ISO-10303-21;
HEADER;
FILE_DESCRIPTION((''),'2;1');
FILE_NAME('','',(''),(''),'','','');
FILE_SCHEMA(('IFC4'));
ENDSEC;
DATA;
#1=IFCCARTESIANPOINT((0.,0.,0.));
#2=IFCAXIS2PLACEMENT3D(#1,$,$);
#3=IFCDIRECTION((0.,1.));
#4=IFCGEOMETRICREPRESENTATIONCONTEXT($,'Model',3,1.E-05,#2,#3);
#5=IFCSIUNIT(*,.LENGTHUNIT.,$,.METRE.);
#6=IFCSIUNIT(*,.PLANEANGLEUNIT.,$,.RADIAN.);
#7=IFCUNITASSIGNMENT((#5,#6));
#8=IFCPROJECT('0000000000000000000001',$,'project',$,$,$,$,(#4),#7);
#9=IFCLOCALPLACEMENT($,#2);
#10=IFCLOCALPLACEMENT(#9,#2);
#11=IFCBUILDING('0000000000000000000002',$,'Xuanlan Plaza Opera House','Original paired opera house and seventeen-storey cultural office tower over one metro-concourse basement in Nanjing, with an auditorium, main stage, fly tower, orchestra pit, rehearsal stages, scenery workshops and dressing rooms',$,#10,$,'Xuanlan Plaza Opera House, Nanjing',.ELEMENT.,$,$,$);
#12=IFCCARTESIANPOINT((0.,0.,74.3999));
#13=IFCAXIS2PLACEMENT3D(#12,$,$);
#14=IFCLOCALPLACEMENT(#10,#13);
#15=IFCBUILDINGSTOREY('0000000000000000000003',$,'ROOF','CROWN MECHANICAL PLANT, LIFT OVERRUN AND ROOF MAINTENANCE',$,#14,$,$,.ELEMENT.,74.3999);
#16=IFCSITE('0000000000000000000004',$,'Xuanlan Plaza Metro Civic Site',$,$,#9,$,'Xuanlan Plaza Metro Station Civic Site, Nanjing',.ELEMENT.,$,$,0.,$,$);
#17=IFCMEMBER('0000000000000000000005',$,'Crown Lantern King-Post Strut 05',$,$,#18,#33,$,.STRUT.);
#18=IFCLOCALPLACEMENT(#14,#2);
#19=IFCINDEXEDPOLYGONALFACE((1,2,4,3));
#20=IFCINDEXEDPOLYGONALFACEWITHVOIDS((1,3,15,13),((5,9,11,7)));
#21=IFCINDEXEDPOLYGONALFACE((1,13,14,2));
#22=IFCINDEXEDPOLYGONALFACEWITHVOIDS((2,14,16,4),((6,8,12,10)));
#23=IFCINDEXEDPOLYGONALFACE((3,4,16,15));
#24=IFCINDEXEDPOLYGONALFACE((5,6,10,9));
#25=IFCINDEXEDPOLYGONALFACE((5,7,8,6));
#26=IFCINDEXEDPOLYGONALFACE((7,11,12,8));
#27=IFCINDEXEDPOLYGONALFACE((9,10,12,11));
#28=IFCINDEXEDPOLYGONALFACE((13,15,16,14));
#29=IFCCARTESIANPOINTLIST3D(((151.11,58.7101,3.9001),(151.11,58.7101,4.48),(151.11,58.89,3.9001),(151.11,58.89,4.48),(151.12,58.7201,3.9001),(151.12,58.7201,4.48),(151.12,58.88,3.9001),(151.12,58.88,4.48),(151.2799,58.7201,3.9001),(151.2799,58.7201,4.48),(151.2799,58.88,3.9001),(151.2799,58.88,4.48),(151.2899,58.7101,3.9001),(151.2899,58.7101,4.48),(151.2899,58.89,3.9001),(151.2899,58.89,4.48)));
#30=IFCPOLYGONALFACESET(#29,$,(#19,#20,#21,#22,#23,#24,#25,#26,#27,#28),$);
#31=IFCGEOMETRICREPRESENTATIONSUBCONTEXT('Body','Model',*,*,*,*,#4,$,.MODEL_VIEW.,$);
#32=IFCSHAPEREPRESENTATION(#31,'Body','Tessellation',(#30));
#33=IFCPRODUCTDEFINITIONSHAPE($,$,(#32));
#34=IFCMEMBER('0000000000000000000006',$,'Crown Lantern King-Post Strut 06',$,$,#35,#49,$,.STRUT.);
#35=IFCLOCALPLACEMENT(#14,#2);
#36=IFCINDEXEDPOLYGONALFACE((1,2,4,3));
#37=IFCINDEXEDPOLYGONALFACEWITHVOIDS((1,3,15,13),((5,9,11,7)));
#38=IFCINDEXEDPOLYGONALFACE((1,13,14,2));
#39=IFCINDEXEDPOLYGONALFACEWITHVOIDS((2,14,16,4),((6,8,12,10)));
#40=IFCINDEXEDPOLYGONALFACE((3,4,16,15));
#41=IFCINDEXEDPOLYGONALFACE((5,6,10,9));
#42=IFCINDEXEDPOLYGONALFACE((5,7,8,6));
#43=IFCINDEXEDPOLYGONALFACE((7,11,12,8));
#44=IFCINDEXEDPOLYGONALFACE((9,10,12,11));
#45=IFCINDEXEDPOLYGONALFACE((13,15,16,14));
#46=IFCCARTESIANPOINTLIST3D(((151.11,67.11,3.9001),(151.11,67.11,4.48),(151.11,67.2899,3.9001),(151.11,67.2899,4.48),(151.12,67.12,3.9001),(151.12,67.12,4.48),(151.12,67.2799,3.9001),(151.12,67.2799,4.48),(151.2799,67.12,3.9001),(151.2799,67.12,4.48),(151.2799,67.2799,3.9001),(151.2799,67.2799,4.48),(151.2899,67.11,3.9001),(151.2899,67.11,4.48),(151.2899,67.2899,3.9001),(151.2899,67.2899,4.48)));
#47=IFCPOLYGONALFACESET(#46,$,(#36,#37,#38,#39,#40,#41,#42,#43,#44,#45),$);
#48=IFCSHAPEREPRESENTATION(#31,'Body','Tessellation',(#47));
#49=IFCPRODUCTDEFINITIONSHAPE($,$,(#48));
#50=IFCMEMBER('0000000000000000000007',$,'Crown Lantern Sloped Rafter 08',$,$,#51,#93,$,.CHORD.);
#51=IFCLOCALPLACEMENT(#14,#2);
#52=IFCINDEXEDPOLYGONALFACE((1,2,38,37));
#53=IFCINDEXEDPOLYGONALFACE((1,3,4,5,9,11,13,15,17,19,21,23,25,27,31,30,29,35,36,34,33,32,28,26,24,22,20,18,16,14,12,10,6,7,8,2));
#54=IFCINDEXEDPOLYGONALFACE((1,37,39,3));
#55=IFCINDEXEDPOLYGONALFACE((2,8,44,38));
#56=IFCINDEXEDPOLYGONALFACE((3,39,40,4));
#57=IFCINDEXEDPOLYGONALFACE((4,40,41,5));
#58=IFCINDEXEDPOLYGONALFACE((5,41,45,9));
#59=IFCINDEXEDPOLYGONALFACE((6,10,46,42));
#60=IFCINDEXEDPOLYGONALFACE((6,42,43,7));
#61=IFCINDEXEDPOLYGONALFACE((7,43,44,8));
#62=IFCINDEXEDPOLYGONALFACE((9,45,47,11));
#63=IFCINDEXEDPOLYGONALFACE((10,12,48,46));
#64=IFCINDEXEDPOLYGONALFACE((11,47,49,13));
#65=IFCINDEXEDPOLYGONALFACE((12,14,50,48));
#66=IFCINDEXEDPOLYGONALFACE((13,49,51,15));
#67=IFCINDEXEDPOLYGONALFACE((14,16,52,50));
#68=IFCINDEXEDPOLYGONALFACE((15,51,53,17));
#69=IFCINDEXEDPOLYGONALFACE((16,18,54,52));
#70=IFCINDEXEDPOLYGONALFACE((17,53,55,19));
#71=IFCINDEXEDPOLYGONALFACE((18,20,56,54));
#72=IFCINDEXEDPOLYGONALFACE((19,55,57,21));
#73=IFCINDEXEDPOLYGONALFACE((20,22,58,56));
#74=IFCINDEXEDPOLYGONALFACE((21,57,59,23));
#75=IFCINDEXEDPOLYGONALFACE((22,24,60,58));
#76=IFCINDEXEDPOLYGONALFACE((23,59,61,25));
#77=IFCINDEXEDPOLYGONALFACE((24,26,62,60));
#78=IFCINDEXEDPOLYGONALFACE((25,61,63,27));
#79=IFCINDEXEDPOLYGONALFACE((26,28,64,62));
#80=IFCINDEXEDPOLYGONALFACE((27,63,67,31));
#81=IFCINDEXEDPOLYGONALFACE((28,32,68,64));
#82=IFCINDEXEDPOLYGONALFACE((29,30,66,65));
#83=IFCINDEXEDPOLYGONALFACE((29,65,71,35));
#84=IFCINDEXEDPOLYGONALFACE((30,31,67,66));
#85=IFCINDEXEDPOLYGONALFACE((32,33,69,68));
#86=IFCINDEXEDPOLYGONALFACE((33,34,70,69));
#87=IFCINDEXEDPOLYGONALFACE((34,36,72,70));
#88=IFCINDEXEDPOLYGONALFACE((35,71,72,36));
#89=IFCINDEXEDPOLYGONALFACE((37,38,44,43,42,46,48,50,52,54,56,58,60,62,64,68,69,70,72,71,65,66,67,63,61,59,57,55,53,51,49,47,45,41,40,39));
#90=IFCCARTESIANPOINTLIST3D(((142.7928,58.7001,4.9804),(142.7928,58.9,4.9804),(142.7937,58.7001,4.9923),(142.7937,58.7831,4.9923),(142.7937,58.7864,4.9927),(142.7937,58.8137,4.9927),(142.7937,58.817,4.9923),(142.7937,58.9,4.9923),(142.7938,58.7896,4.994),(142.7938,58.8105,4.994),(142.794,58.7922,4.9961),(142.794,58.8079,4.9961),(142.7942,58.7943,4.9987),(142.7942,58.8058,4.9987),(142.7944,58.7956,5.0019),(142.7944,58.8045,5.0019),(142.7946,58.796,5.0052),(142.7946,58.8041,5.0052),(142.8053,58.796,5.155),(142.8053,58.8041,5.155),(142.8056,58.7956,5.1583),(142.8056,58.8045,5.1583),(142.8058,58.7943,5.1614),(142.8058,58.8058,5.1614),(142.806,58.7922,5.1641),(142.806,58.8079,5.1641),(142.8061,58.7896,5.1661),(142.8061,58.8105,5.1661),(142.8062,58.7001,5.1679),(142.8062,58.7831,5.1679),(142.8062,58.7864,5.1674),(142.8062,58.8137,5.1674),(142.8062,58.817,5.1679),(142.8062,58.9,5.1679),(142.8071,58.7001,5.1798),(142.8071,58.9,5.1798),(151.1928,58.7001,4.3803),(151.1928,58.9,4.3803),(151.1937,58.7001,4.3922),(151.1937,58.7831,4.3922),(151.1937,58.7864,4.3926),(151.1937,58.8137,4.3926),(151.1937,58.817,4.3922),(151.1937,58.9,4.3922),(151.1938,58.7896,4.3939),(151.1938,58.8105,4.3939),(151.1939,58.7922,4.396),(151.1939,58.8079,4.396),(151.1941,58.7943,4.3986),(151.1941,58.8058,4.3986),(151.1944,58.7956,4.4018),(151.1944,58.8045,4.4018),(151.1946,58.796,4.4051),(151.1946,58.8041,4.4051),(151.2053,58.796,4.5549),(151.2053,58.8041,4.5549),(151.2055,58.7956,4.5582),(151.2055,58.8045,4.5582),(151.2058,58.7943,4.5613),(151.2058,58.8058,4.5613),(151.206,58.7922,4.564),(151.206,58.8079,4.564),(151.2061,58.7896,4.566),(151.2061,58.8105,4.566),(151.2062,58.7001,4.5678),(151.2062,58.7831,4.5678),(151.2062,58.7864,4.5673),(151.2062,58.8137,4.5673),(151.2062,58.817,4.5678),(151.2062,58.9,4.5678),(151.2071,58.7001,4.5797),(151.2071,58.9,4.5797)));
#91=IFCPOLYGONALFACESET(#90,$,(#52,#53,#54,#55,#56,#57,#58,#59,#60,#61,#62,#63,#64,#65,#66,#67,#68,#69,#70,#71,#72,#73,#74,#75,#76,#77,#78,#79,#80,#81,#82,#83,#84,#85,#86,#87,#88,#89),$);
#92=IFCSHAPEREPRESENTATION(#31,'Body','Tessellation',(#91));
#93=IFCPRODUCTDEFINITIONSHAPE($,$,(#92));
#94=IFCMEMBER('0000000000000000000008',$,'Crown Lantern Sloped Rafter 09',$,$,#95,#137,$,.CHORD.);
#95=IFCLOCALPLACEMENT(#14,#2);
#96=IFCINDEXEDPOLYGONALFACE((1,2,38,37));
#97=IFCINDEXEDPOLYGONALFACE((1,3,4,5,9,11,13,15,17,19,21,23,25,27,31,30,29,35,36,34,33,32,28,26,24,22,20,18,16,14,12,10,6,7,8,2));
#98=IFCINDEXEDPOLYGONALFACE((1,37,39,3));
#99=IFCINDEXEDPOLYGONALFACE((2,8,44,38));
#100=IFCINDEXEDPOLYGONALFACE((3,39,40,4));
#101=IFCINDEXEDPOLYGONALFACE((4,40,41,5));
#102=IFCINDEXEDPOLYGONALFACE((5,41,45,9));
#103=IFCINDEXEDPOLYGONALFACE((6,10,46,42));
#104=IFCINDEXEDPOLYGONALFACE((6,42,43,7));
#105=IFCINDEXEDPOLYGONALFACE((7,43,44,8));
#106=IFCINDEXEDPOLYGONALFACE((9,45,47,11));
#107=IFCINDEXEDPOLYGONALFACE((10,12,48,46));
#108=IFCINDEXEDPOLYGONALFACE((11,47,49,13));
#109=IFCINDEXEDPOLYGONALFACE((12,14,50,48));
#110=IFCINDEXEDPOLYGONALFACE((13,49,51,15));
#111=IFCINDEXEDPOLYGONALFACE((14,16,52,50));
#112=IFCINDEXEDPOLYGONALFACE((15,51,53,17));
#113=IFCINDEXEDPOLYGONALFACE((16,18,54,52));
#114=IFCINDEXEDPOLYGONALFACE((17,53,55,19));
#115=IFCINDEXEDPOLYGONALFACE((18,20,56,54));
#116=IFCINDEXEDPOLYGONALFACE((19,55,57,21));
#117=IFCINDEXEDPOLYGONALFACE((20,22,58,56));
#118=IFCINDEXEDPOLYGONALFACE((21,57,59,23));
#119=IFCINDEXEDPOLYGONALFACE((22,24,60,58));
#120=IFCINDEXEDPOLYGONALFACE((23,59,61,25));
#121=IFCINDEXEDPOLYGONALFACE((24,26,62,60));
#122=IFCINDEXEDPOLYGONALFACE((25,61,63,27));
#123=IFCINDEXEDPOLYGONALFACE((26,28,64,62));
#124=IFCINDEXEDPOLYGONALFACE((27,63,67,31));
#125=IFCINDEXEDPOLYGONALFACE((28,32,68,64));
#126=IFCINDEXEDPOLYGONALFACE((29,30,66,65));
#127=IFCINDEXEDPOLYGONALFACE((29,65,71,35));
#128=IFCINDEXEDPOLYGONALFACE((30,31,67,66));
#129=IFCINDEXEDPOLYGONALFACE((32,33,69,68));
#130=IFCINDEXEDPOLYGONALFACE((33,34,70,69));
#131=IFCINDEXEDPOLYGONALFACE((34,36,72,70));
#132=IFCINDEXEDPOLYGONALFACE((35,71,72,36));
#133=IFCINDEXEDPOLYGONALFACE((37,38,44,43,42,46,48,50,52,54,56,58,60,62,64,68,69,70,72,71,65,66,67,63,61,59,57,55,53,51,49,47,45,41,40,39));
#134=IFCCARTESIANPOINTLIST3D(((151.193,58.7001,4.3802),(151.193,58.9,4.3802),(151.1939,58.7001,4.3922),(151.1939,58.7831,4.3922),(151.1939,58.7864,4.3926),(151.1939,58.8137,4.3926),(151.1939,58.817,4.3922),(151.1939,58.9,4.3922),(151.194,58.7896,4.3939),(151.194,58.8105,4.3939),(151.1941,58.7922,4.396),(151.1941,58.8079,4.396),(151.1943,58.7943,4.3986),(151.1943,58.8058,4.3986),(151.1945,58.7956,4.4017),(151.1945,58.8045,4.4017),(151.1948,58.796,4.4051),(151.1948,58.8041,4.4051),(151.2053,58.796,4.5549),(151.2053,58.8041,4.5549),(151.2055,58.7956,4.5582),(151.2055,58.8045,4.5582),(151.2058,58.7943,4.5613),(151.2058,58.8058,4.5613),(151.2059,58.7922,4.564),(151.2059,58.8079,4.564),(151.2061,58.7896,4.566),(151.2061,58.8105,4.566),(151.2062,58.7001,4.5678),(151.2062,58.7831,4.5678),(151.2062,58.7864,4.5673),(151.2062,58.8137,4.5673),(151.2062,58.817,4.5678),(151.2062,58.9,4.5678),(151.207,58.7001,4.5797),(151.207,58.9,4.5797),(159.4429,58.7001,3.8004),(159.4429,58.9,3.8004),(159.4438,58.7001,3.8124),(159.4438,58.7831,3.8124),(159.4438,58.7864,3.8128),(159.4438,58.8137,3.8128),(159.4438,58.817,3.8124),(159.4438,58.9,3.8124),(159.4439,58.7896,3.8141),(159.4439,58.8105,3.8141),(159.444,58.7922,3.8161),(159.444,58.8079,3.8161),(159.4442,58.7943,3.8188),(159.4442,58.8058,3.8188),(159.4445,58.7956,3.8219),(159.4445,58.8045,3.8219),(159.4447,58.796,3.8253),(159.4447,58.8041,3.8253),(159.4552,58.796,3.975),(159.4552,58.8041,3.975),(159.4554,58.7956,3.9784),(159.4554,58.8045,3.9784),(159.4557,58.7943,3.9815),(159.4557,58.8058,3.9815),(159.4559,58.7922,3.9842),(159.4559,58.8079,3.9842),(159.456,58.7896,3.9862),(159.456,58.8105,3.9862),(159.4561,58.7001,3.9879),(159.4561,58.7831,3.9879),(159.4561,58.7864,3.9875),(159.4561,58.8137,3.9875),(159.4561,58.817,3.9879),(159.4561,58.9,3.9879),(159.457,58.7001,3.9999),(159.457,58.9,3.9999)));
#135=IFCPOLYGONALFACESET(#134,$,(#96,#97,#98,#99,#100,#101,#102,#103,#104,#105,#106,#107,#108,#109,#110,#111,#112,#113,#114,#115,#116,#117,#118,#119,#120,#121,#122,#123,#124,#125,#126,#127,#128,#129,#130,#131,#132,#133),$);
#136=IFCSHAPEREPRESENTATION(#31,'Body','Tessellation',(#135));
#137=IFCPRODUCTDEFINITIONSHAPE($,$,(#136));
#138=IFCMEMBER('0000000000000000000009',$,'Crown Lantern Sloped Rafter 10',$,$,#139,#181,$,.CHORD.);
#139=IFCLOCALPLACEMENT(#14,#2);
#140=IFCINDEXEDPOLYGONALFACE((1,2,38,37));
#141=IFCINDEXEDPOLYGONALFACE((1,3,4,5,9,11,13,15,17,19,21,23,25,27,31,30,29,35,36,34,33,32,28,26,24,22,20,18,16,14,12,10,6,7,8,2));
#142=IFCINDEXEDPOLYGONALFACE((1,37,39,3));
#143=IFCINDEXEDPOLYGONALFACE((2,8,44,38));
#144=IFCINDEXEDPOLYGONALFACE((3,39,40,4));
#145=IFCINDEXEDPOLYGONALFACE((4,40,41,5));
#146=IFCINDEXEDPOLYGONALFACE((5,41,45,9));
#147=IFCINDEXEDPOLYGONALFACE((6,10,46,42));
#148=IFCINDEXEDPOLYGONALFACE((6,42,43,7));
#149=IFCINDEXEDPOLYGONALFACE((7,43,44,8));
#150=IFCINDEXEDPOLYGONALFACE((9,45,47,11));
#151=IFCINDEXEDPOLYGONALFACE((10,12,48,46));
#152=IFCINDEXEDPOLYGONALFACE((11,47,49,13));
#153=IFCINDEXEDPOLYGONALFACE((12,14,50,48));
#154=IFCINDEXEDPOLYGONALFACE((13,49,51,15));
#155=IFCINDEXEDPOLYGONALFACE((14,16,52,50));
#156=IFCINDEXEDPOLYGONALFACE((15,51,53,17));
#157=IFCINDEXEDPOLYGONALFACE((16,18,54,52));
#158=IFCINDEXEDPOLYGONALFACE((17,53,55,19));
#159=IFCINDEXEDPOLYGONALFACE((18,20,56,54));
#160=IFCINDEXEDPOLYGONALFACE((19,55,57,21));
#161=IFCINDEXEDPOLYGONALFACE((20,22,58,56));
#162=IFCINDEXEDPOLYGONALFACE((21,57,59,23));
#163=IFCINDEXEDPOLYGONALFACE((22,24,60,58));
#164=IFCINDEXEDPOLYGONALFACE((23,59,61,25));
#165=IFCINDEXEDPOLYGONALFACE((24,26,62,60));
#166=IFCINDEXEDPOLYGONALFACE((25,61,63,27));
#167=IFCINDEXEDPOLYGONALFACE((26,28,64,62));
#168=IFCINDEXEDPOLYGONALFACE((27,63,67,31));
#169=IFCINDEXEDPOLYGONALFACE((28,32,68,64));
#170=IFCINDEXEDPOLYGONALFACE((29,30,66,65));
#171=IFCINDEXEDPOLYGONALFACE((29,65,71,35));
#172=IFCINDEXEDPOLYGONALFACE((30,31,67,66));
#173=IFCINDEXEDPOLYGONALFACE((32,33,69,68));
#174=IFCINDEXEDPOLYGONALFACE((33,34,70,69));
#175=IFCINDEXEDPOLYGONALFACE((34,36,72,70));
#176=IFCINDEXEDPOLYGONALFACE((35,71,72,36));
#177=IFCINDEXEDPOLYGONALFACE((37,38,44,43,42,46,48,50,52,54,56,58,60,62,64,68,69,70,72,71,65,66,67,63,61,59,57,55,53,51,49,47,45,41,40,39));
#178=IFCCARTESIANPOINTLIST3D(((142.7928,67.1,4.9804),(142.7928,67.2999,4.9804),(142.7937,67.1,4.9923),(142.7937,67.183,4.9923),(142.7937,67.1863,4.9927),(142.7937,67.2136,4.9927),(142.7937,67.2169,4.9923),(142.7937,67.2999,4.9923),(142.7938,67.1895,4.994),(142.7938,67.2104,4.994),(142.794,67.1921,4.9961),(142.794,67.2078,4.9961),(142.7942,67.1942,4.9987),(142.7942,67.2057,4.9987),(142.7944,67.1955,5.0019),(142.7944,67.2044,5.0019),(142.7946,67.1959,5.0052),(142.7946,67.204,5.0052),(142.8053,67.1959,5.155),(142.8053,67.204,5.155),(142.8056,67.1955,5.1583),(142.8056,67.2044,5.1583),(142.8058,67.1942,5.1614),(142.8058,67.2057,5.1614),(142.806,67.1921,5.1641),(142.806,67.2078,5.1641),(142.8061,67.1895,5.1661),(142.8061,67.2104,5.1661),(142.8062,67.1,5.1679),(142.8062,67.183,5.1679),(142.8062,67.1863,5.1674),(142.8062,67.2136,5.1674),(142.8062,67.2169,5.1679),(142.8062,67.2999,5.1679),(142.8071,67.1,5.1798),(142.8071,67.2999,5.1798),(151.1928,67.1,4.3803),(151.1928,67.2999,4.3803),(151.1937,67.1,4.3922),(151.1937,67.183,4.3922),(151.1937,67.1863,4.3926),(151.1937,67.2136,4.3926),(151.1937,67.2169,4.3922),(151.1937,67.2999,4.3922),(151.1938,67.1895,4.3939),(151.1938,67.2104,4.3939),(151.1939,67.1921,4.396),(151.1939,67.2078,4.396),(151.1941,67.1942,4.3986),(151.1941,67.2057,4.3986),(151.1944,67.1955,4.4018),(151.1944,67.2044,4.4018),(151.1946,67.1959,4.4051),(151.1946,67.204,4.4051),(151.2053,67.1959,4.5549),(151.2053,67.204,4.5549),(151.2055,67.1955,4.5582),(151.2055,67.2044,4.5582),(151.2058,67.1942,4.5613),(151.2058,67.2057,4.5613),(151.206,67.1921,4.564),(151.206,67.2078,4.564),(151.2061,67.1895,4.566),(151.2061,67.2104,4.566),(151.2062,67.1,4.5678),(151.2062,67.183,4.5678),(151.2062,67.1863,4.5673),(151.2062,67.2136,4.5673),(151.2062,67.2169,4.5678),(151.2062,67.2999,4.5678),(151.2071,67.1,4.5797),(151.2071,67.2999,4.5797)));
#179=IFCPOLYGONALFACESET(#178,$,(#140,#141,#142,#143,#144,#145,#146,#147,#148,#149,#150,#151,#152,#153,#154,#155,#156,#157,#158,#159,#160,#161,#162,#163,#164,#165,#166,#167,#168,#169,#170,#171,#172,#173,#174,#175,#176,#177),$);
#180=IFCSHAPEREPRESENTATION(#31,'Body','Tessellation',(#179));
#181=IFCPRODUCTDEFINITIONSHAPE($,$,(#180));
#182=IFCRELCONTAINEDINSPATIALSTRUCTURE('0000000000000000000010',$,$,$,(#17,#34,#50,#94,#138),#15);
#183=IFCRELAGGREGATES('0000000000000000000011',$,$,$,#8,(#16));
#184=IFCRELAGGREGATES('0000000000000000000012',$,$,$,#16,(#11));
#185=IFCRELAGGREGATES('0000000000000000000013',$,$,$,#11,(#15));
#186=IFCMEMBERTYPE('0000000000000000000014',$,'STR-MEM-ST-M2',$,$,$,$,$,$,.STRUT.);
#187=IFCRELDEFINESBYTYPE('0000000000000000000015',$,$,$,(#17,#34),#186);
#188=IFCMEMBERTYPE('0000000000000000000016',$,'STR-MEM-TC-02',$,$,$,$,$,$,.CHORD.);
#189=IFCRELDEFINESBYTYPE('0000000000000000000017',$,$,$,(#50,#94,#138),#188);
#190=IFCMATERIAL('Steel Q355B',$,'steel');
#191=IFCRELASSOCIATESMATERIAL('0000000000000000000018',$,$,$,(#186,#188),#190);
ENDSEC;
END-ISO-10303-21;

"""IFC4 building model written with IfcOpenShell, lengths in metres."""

from ifc_helpers import new_model, si_unit, direction, frame, origin, origin_2d, place, context, subcontext, project, spatial, hollow_rectangle, i_section, extrude, material, material_profile, profile_set, type_object, element, save


model = new_model("IFC4")

# Units and contexts
model_context = context("Model", 3, precision=1e-05, world=origin(), true_north=direction((0.0, 1.0)))
body_context = subcontext(model_context, "Body", "Model", "MODEL_VIEW")
ifc_project = project(units=[si_unit("LENGTHUNIT", "METRE"), si_unit("PLANEANGLEUNIT", "RADIAN")], contexts=[model_context])

# Site, building, storey
site_placement = place(None, origin())
site = spatial("IfcSite", under=ifc_project, at=site_placement, Name="Xuanlan Plaza Metro Civic Site", LongName="Xuanlan Plaza Metro Station Civic Site, Nanjing", CompositionType="ELEMENT", RefElevation=0.0)
building_placement = place(site_placement, origin())
building = spatial("IfcBuilding", under=site, at=building_placement, Name="Xuanlan Plaza Opera House", Description="Original paired opera house and seventeen-storey cultural office tower over one metro-concourse basement in Nanjing, with an auditorium, main stage, fly tower, orchestra pit, rehearsal stages, scenery workshops and dressing rooms", LongName="Xuanlan Plaza Opera House, Nanjing", CompositionType="ELEMENT")
storey_placement = place(building_placement, frame((0.0, 0.0, 74.3999)))
storey = spatial("IfcBuildingStorey", under=building, at=storey_placement, Name="ROOF", Description="CROWN MECHANICAL PLANT, LIFT OVERRUN AND ROOF MAINTENANCE", CompositionType="ELEMENT", Elevation=74.3999)

# Shared definitions
ifc_material_1 = material(Name="Steel Q355B", Category="steel")

# Members
ifc_material_profile_1 = material_profile(ifc_material_1, hollow_rectangle(XDim=0.1799, YDim=0.1799, WallThickness=0.01, at=origin_2d()), Name="SHS 180x180x10")
ifc_profile_set_1 = profile_set([ifc_material_profile_1], Name="Steel Q355B")
member_type_1 = type_object("IfcMemberType", Name="STR-MEM-ST-M2", PredefinedType="STRUT", material=ifc_profile_set_1)
for number, where, z_axis, x_axis, name in (
    (1, (151.2, 58.8, 3.9001), (0.0, 0.0, 1.0), (1.0, 0.0, 0.0), "Crown Lantern King-Post Strut 05"),
    (2, (151.2, 67.2, 3.9001), (0.0, 0.0, 1.0), (1.0, 0.0, 0.0), "Crown Lantern King-Post Strut 06"),
):
    element("IfcMember", number, at=place(storey_placement, frame(where, z_axis=z_axis, x_axis=x_axis)), inside=storey, type_object=member_type_1, Name=name, PredefinedType="STRUT", context=body_context, shape_type="SweptSolid", body=[
        extrude(hollow_rectangle(XDim=0.1799, YDim=0.1799, WallThickness=0.01, at=origin_2d()), origin(), (0.0, 0.0, 1.0), 0.5798),
    ])
ifc_material_profile_2 = material_profile(ifc_material_1, i_section(OverallWidth=0.2, OverallDepth=0.2, WebThickness=0.0081, FlangeThickness=0.012, FilletRadius=0.0129, at=origin_2d()), Name="HW 200x200x8x12")
ifc_profile_set_2 = profile_set([ifc_material_profile_2], Name="Steel Q355B")
member_type_2 = type_object("IfcMemberType", Name="STR-MEM-TC-02", PredefinedType="CHORD", material=ifc_profile_set_2)
member_1_placement = place(storey_placement, frame((151.2, 58.8, 4.48), z_axis=(-0.997458, 0.0, 0.071259), x_axis=(0.0, -1.0, 0.0)))
element("IfcMember", 3, at=member_1_placement, inside=storey, type_object=member_type_2, Name="Crown Lantern Sloped Rafter 08", PredefinedType="CHORD", context=body_context, shape_type="SweptSolid", body=[
    extrude(i_section(OverallWidth=0.2, OverallDepth=0.2, WebThickness=0.0081, FlangeThickness=0.012, FilletRadius=0.0129, at=origin_2d()), origin(), (0.0, 0.0, 1.0), 8.4214),
])
member_2_placement = place(storey_placement, frame((159.45, 58.8, 3.9001), z_axis=(-0.997539, 0.0, 0.07011), x_axis=(0.0, -1.0, 0.0)))
element("IfcMember", 4, at=member_2_placement, inside=storey, type_object=member_type_2, Name="Crown Lantern Sloped Rafter 09", PredefinedType="CHORD", context=body_context, shape_type="SweptSolid", body=[
    extrude(i_section(OverallWidth=0.2, OverallDepth=0.2, WebThickness=0.0081, FlangeThickness=0.012, FilletRadius=0.0129, at=origin_2d()), origin(), (0.0, 0.0, 1.0), 8.2703),
])
member_3_placement = place(storey_placement, frame((151.2, 67.2, 4.48), z_axis=(-0.997458, 0.0, 0.071259), x_axis=(0.0, -1.0, 0.0)))
element("IfcMember", 5, at=member_3_placement, inside=storey, type_object=member_type_2, Name="Crown Lantern Sloped Rafter 10", PredefinedType="CHORD", context=body_context, shape_type="SweptSolid", body=[
    extrude(i_section(OverallWidth=0.2, OverallDepth=0.2, WebThickness=0.0081, FlangeThickness=0.012, FilletRadius=0.0129, at=origin_2d()), origin(), (0.0, 0.0, 1.0), 8.4214),
])

save(model, "model.ifc")
